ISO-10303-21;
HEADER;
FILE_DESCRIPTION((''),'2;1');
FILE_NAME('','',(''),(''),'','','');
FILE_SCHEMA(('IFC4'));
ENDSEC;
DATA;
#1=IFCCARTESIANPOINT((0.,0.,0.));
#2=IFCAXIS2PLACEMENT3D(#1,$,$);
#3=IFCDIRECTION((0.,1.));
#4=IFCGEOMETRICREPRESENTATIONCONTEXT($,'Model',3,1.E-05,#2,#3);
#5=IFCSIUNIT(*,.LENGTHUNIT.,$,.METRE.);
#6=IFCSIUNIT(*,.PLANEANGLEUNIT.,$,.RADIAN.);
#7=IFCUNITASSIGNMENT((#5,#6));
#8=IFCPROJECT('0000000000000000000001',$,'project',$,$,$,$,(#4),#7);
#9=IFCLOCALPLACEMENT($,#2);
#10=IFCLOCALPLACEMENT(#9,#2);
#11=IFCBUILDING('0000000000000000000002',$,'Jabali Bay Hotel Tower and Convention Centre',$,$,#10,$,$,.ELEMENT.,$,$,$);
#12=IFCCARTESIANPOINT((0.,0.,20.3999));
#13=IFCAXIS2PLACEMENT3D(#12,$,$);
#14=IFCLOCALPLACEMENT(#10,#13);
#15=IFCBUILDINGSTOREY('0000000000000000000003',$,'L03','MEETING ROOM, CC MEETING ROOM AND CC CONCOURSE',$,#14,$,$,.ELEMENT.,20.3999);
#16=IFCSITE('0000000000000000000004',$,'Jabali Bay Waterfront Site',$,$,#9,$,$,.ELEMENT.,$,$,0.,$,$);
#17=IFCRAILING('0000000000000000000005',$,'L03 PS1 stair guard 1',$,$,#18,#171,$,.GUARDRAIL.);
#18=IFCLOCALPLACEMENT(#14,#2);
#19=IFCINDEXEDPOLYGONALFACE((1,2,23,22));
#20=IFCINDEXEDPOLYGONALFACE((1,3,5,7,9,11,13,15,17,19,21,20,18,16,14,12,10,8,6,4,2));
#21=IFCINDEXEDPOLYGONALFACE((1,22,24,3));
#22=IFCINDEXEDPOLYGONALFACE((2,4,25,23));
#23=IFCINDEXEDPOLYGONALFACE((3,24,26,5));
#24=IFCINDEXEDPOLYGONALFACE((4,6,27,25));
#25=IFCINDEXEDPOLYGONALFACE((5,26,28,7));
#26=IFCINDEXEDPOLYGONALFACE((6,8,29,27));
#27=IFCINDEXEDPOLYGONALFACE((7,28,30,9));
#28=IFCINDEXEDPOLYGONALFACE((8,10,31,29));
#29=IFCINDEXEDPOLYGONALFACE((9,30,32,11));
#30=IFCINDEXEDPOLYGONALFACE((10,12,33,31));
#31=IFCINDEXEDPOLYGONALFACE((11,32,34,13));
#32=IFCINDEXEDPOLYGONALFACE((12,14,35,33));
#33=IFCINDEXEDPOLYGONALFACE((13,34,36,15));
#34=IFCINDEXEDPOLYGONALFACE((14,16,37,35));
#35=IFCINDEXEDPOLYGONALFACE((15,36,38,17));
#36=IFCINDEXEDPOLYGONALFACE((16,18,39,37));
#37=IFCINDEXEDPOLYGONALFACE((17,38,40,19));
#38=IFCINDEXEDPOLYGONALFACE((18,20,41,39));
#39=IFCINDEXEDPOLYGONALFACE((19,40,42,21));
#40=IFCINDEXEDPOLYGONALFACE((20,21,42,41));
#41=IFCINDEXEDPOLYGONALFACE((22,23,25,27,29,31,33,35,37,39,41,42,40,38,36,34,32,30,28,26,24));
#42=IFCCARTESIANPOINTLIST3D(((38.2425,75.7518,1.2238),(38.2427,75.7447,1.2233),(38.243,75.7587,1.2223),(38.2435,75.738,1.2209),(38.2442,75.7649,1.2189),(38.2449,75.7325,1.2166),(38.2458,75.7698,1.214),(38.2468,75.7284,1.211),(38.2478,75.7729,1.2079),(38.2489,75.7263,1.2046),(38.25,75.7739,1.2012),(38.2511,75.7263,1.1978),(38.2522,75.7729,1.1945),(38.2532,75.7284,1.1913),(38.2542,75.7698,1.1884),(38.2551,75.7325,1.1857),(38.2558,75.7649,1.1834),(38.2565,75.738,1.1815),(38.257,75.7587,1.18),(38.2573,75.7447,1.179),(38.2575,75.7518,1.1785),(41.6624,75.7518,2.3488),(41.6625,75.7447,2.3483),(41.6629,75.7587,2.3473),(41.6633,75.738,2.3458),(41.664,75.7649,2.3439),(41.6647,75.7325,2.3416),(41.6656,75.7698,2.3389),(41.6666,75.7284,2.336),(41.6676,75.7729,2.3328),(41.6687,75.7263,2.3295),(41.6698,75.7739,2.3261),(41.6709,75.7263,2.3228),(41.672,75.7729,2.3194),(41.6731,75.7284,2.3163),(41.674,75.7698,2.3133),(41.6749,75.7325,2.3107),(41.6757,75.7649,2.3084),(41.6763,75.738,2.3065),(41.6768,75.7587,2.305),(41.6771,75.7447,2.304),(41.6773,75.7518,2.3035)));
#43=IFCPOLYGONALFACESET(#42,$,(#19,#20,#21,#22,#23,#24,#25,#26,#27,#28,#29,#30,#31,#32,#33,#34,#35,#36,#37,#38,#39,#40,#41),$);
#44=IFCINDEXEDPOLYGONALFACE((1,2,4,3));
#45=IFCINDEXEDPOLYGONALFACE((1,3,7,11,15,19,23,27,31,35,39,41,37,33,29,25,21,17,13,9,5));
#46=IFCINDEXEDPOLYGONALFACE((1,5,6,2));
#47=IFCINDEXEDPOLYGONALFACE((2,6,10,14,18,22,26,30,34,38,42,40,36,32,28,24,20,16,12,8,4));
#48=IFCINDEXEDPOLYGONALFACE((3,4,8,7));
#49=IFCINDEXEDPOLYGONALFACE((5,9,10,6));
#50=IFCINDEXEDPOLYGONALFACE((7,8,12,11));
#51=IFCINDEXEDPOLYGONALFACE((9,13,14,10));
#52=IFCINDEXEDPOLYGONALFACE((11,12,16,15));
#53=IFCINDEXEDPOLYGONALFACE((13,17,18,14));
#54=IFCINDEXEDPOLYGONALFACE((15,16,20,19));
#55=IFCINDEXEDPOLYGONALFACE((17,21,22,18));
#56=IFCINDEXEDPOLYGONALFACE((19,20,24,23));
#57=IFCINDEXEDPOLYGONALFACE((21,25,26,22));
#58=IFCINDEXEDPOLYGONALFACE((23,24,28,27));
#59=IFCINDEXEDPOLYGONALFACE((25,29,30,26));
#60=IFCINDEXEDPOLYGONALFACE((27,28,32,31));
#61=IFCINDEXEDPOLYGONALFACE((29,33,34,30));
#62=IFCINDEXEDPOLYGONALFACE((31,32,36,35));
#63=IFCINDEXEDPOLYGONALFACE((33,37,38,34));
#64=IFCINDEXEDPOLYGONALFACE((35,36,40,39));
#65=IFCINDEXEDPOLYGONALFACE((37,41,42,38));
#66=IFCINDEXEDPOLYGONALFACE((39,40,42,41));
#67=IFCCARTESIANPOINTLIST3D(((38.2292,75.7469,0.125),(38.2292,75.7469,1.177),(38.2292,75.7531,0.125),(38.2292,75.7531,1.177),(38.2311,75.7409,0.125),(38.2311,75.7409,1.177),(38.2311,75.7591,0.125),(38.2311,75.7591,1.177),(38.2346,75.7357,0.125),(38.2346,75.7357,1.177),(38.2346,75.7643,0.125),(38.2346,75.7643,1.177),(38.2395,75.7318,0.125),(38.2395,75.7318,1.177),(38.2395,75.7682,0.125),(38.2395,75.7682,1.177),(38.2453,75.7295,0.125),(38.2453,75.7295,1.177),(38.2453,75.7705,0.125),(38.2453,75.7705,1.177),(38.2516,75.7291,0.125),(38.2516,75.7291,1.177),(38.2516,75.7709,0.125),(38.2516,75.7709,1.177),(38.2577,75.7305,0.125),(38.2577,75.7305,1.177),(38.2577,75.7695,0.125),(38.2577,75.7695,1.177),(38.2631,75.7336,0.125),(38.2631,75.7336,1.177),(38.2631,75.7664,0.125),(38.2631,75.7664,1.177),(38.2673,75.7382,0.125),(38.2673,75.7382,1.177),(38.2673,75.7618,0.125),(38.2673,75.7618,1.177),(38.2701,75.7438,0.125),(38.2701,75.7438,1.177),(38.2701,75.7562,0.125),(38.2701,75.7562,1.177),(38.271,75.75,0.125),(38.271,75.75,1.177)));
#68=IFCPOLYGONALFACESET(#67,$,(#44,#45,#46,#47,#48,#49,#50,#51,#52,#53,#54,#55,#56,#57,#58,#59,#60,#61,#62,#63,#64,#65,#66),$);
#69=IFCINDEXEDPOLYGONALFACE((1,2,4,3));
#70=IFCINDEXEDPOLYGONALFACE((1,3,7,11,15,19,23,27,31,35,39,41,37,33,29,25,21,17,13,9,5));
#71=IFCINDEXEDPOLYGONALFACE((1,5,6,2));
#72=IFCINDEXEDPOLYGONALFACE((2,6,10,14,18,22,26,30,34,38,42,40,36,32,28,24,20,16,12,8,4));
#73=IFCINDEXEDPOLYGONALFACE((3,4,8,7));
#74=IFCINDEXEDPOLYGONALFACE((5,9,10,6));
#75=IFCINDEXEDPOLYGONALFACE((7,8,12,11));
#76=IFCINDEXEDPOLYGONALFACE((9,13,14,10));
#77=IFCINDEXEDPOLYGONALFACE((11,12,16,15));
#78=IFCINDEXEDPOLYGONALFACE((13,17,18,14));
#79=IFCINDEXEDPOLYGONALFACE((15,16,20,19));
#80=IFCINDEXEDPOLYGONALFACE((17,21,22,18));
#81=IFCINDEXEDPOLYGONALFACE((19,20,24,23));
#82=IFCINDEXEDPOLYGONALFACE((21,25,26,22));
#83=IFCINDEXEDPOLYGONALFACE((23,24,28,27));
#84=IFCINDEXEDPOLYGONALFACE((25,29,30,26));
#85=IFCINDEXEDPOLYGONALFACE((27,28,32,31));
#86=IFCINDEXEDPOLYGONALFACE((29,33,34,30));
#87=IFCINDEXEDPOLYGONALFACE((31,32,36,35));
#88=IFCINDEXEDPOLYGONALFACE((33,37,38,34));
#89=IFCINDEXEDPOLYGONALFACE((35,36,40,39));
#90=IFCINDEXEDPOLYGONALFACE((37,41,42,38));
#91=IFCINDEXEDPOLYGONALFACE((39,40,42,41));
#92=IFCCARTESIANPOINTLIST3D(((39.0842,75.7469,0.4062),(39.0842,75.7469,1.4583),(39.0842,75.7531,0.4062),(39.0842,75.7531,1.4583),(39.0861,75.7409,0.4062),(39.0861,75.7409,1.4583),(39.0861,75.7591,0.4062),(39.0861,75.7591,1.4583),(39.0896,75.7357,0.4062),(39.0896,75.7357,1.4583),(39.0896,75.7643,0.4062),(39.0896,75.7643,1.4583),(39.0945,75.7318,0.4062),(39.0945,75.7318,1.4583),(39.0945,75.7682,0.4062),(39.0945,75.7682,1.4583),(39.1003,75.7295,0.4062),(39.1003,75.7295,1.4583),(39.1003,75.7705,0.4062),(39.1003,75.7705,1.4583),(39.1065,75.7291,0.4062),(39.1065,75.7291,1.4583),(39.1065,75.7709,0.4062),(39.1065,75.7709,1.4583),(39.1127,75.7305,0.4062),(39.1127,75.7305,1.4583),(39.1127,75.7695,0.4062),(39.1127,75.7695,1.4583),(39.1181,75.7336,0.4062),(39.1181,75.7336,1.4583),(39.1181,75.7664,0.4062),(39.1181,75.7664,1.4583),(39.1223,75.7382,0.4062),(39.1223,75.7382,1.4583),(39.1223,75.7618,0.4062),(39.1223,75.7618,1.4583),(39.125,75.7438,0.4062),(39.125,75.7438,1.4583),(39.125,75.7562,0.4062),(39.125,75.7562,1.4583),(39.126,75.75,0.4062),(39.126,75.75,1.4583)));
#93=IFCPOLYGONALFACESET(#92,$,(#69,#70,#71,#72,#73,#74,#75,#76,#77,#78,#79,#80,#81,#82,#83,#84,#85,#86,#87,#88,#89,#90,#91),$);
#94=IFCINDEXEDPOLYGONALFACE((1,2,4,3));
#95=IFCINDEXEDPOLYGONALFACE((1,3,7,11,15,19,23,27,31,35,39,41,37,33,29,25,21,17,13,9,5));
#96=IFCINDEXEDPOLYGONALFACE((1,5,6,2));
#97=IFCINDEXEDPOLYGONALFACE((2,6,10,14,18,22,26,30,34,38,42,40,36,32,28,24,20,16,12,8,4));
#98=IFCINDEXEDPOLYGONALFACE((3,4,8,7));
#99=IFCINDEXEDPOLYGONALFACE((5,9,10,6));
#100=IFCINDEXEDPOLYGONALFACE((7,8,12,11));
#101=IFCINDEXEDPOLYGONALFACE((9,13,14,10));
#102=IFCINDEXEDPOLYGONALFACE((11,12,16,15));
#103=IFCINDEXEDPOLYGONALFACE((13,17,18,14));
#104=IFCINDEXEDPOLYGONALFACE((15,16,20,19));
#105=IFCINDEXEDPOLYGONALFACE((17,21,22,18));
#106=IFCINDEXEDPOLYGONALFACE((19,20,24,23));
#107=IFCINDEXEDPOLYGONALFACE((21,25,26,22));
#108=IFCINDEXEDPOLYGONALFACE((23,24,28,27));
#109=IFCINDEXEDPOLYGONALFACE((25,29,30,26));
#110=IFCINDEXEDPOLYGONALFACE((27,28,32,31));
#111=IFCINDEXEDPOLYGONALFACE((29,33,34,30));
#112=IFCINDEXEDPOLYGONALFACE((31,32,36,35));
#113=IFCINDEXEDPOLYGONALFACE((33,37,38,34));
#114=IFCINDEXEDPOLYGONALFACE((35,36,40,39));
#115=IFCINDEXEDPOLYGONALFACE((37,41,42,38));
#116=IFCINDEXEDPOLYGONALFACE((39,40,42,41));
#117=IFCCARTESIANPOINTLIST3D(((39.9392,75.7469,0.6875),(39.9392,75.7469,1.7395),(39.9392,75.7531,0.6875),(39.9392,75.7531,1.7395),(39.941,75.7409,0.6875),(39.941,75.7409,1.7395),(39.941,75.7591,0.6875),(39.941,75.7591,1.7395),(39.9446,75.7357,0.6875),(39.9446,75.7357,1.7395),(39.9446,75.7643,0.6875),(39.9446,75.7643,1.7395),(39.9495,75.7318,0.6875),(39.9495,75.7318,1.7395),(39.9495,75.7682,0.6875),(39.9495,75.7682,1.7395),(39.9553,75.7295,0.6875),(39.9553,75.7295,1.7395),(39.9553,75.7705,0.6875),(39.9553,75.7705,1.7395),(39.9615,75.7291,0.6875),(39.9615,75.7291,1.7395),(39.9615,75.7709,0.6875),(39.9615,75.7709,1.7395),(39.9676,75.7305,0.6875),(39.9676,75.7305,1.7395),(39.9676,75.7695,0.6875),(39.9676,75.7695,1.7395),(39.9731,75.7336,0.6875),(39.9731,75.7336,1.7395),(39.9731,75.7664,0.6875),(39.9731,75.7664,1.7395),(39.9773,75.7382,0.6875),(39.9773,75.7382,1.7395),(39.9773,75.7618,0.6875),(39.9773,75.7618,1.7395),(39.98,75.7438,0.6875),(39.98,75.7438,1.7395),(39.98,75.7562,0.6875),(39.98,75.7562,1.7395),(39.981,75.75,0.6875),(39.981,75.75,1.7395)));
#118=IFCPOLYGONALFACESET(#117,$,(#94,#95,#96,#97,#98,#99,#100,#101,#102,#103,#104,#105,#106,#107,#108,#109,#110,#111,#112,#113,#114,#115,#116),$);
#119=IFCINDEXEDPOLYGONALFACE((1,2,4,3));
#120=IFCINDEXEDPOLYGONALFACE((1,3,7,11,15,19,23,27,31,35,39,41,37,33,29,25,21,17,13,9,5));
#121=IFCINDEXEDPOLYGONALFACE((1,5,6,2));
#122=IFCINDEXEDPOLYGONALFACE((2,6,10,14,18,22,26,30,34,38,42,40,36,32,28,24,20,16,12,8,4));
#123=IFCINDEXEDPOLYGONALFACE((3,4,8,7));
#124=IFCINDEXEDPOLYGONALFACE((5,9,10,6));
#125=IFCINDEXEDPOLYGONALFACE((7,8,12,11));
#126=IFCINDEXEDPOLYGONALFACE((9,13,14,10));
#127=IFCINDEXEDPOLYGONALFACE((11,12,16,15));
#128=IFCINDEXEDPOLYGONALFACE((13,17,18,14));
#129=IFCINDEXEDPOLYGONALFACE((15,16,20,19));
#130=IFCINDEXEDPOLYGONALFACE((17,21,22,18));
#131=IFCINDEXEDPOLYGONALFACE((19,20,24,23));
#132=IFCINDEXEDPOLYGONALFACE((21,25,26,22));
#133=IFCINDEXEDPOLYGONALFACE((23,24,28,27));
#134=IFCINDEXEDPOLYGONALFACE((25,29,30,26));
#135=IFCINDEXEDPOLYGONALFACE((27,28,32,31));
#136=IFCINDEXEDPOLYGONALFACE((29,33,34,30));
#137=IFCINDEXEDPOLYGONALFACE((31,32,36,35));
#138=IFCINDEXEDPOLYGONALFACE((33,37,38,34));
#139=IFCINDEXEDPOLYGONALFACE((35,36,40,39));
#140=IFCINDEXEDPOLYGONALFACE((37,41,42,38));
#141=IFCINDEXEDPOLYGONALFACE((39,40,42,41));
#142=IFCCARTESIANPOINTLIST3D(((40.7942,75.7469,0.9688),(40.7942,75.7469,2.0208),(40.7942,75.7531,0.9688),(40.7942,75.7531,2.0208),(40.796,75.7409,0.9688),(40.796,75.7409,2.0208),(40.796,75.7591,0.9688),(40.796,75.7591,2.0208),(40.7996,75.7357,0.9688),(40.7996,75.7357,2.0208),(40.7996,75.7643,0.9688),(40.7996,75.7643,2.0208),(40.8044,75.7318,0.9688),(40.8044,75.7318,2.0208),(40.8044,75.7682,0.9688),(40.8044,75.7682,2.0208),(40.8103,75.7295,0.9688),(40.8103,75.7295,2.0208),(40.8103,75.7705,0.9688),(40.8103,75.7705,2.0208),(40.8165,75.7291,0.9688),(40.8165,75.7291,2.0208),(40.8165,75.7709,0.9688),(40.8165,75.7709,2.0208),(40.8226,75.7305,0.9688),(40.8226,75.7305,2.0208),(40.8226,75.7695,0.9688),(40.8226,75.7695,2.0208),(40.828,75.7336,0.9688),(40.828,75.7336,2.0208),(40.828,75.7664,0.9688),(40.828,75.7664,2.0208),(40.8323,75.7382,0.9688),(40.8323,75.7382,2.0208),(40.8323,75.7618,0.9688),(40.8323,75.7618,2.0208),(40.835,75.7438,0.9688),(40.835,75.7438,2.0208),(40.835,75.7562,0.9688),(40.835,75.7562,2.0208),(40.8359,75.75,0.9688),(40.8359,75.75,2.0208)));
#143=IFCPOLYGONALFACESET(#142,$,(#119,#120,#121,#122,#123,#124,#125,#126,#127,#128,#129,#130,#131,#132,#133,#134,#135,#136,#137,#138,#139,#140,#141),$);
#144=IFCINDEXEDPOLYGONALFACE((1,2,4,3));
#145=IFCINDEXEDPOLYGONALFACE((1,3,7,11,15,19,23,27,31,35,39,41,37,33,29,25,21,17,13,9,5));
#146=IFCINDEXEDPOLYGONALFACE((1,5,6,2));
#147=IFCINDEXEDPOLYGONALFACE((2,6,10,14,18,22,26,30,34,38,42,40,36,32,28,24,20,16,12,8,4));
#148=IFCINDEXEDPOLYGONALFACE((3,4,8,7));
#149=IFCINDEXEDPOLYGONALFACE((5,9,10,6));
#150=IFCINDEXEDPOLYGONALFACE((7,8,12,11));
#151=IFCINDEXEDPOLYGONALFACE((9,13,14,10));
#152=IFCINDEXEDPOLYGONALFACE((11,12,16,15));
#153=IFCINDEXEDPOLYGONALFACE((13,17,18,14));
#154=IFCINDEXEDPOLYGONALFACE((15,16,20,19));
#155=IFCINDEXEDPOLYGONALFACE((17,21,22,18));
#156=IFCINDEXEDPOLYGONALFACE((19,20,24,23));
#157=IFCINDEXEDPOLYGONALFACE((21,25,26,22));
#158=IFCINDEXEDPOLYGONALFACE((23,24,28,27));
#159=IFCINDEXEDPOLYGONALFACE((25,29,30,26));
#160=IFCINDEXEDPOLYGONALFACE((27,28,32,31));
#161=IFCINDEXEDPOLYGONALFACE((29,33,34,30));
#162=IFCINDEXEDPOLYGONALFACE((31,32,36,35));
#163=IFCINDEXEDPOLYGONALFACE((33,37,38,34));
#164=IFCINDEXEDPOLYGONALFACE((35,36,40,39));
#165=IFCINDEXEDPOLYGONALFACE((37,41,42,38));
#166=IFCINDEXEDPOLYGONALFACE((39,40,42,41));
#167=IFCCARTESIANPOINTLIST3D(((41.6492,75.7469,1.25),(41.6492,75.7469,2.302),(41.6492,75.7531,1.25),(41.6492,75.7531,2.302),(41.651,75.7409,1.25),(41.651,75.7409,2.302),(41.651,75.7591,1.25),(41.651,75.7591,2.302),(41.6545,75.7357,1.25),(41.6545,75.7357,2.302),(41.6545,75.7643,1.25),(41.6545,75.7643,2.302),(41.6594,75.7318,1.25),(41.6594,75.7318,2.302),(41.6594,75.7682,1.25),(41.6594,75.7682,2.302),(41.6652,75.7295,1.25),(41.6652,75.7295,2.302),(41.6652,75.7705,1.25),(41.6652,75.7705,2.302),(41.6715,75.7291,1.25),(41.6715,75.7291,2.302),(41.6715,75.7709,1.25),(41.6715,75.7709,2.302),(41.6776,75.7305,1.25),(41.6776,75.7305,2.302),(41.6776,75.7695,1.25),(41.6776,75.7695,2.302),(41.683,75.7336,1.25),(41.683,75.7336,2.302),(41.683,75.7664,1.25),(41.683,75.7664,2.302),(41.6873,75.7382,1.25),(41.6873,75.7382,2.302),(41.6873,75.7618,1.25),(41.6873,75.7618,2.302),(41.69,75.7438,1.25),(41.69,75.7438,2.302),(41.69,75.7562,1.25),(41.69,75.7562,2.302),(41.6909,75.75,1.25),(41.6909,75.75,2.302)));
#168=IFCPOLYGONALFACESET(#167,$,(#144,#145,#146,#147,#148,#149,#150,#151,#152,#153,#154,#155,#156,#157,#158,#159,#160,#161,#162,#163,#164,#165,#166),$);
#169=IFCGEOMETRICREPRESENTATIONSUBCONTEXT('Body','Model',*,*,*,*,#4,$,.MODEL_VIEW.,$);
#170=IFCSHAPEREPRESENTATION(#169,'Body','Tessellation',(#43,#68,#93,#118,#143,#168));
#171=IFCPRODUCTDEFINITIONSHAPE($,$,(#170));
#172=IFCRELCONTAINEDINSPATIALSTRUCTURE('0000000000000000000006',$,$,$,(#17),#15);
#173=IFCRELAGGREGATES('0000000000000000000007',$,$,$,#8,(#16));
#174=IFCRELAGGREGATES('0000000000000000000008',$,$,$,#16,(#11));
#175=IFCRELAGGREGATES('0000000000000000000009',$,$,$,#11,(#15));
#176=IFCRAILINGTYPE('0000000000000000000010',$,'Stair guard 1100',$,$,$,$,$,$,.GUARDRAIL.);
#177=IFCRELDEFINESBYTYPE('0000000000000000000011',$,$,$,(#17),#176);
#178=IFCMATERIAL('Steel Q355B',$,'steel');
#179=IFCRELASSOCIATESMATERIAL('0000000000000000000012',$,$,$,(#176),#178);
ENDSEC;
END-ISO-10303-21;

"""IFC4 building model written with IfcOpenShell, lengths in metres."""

from ifc_helpers import new_model, si_unit, direction, frame, origin, origin_2d, place, context, subcontext, project, spatial, circle, extrude, material, type_object, element, save


model = new_model("IFC4")

# Units and contexts
model_context = context("Model", 3, precision=1e-05, world=origin(), true_north=direction((0.0, 1.0)))
body_context = subcontext(model_context, "Body", "Model", "MODEL_VIEW")
ifc_project = project(units=[si_unit("LENGTHUNIT", "METRE"), si_unit("PLANEANGLEUNIT", "RADIAN")], contexts=[model_context])

# Site, building, storey
site_placement = place(None, origin())
site = spatial("IfcSite", under=ifc_project, at=site_placement, Name="Jabali Bay Waterfront Site", CompositionType="ELEMENT", RefElevation=0.0)
building_placement = place(site_placement, origin())
building = spatial("IfcBuilding", under=site, at=building_placement, Name="Jabali Bay Hotel Tower and Convention Centre", CompositionType="ELEMENT")
storey_placement = place(building_placement, frame((0.0, 0.0, 20.3999)))
storey = spatial("IfcBuildingStorey", under=building, at=storey_placement, Name="L03", Description="MEETING ROOM, CC MEETING ROOM AND CC CONCOURSE", CompositionType="ELEMENT", Elevation=20.3999)

# Railing
ifc_material_1 = material(Name="Steel Q355B", Category="steel")
railing_type_1 = type_object("IfcRailingType", Name="Stair guard 1100", PredefinedType="GUARDRAIL", material=ifc_material_1)
railing_1_placement = place(storey_placement, frame((38.25, 75.75, 0.125)))
element("IfcRailing", 1, at=railing_1_placement, inside=storey, type_object=railing_type_1, Name="L03 PS1 stair guard 1", PredefinedType="GUARDRAIL", context=body_context, shape_type="SweptSolid", body=[
    extrude(circle(Radius=0.0239, at=origin_2d()), frame((0.0, 0.0, 1.0762), z_axis=(0.949924, 0.0, 0.312482), x_axis=(0.0, 1.0, 0.0)), (0.0, 0.0, 1.0), 3.6001),
    extrude(circle(Radius=0.021, at=origin_2d()), origin(), (0.0, 0.0, 1.0), 1.052),
    extrude(circle(Radius=0.021, at=origin_2d()), frame((0.855, 0.0, 0.2812)), (0.0, 0.0, 1.0), 1.052),
    extrude(circle(Radius=0.021, at=origin_2d()), frame((1.71, 0.0, 0.5625)), (0.0, 0.0, 1.0), 1.052),
    extrude(circle(Radius=0.021, at=origin_2d()), frame((2.5649, 0.0, 0.8438)), (0.0, 0.0, 1.0), 1.052),
    extrude(circle(Radius=0.021, at=origin_2d()), frame((3.4199, 0.0, 1.125)), (0.0, 0.0, 1.0), 1.052),
])

save(model, "model.ifc")
